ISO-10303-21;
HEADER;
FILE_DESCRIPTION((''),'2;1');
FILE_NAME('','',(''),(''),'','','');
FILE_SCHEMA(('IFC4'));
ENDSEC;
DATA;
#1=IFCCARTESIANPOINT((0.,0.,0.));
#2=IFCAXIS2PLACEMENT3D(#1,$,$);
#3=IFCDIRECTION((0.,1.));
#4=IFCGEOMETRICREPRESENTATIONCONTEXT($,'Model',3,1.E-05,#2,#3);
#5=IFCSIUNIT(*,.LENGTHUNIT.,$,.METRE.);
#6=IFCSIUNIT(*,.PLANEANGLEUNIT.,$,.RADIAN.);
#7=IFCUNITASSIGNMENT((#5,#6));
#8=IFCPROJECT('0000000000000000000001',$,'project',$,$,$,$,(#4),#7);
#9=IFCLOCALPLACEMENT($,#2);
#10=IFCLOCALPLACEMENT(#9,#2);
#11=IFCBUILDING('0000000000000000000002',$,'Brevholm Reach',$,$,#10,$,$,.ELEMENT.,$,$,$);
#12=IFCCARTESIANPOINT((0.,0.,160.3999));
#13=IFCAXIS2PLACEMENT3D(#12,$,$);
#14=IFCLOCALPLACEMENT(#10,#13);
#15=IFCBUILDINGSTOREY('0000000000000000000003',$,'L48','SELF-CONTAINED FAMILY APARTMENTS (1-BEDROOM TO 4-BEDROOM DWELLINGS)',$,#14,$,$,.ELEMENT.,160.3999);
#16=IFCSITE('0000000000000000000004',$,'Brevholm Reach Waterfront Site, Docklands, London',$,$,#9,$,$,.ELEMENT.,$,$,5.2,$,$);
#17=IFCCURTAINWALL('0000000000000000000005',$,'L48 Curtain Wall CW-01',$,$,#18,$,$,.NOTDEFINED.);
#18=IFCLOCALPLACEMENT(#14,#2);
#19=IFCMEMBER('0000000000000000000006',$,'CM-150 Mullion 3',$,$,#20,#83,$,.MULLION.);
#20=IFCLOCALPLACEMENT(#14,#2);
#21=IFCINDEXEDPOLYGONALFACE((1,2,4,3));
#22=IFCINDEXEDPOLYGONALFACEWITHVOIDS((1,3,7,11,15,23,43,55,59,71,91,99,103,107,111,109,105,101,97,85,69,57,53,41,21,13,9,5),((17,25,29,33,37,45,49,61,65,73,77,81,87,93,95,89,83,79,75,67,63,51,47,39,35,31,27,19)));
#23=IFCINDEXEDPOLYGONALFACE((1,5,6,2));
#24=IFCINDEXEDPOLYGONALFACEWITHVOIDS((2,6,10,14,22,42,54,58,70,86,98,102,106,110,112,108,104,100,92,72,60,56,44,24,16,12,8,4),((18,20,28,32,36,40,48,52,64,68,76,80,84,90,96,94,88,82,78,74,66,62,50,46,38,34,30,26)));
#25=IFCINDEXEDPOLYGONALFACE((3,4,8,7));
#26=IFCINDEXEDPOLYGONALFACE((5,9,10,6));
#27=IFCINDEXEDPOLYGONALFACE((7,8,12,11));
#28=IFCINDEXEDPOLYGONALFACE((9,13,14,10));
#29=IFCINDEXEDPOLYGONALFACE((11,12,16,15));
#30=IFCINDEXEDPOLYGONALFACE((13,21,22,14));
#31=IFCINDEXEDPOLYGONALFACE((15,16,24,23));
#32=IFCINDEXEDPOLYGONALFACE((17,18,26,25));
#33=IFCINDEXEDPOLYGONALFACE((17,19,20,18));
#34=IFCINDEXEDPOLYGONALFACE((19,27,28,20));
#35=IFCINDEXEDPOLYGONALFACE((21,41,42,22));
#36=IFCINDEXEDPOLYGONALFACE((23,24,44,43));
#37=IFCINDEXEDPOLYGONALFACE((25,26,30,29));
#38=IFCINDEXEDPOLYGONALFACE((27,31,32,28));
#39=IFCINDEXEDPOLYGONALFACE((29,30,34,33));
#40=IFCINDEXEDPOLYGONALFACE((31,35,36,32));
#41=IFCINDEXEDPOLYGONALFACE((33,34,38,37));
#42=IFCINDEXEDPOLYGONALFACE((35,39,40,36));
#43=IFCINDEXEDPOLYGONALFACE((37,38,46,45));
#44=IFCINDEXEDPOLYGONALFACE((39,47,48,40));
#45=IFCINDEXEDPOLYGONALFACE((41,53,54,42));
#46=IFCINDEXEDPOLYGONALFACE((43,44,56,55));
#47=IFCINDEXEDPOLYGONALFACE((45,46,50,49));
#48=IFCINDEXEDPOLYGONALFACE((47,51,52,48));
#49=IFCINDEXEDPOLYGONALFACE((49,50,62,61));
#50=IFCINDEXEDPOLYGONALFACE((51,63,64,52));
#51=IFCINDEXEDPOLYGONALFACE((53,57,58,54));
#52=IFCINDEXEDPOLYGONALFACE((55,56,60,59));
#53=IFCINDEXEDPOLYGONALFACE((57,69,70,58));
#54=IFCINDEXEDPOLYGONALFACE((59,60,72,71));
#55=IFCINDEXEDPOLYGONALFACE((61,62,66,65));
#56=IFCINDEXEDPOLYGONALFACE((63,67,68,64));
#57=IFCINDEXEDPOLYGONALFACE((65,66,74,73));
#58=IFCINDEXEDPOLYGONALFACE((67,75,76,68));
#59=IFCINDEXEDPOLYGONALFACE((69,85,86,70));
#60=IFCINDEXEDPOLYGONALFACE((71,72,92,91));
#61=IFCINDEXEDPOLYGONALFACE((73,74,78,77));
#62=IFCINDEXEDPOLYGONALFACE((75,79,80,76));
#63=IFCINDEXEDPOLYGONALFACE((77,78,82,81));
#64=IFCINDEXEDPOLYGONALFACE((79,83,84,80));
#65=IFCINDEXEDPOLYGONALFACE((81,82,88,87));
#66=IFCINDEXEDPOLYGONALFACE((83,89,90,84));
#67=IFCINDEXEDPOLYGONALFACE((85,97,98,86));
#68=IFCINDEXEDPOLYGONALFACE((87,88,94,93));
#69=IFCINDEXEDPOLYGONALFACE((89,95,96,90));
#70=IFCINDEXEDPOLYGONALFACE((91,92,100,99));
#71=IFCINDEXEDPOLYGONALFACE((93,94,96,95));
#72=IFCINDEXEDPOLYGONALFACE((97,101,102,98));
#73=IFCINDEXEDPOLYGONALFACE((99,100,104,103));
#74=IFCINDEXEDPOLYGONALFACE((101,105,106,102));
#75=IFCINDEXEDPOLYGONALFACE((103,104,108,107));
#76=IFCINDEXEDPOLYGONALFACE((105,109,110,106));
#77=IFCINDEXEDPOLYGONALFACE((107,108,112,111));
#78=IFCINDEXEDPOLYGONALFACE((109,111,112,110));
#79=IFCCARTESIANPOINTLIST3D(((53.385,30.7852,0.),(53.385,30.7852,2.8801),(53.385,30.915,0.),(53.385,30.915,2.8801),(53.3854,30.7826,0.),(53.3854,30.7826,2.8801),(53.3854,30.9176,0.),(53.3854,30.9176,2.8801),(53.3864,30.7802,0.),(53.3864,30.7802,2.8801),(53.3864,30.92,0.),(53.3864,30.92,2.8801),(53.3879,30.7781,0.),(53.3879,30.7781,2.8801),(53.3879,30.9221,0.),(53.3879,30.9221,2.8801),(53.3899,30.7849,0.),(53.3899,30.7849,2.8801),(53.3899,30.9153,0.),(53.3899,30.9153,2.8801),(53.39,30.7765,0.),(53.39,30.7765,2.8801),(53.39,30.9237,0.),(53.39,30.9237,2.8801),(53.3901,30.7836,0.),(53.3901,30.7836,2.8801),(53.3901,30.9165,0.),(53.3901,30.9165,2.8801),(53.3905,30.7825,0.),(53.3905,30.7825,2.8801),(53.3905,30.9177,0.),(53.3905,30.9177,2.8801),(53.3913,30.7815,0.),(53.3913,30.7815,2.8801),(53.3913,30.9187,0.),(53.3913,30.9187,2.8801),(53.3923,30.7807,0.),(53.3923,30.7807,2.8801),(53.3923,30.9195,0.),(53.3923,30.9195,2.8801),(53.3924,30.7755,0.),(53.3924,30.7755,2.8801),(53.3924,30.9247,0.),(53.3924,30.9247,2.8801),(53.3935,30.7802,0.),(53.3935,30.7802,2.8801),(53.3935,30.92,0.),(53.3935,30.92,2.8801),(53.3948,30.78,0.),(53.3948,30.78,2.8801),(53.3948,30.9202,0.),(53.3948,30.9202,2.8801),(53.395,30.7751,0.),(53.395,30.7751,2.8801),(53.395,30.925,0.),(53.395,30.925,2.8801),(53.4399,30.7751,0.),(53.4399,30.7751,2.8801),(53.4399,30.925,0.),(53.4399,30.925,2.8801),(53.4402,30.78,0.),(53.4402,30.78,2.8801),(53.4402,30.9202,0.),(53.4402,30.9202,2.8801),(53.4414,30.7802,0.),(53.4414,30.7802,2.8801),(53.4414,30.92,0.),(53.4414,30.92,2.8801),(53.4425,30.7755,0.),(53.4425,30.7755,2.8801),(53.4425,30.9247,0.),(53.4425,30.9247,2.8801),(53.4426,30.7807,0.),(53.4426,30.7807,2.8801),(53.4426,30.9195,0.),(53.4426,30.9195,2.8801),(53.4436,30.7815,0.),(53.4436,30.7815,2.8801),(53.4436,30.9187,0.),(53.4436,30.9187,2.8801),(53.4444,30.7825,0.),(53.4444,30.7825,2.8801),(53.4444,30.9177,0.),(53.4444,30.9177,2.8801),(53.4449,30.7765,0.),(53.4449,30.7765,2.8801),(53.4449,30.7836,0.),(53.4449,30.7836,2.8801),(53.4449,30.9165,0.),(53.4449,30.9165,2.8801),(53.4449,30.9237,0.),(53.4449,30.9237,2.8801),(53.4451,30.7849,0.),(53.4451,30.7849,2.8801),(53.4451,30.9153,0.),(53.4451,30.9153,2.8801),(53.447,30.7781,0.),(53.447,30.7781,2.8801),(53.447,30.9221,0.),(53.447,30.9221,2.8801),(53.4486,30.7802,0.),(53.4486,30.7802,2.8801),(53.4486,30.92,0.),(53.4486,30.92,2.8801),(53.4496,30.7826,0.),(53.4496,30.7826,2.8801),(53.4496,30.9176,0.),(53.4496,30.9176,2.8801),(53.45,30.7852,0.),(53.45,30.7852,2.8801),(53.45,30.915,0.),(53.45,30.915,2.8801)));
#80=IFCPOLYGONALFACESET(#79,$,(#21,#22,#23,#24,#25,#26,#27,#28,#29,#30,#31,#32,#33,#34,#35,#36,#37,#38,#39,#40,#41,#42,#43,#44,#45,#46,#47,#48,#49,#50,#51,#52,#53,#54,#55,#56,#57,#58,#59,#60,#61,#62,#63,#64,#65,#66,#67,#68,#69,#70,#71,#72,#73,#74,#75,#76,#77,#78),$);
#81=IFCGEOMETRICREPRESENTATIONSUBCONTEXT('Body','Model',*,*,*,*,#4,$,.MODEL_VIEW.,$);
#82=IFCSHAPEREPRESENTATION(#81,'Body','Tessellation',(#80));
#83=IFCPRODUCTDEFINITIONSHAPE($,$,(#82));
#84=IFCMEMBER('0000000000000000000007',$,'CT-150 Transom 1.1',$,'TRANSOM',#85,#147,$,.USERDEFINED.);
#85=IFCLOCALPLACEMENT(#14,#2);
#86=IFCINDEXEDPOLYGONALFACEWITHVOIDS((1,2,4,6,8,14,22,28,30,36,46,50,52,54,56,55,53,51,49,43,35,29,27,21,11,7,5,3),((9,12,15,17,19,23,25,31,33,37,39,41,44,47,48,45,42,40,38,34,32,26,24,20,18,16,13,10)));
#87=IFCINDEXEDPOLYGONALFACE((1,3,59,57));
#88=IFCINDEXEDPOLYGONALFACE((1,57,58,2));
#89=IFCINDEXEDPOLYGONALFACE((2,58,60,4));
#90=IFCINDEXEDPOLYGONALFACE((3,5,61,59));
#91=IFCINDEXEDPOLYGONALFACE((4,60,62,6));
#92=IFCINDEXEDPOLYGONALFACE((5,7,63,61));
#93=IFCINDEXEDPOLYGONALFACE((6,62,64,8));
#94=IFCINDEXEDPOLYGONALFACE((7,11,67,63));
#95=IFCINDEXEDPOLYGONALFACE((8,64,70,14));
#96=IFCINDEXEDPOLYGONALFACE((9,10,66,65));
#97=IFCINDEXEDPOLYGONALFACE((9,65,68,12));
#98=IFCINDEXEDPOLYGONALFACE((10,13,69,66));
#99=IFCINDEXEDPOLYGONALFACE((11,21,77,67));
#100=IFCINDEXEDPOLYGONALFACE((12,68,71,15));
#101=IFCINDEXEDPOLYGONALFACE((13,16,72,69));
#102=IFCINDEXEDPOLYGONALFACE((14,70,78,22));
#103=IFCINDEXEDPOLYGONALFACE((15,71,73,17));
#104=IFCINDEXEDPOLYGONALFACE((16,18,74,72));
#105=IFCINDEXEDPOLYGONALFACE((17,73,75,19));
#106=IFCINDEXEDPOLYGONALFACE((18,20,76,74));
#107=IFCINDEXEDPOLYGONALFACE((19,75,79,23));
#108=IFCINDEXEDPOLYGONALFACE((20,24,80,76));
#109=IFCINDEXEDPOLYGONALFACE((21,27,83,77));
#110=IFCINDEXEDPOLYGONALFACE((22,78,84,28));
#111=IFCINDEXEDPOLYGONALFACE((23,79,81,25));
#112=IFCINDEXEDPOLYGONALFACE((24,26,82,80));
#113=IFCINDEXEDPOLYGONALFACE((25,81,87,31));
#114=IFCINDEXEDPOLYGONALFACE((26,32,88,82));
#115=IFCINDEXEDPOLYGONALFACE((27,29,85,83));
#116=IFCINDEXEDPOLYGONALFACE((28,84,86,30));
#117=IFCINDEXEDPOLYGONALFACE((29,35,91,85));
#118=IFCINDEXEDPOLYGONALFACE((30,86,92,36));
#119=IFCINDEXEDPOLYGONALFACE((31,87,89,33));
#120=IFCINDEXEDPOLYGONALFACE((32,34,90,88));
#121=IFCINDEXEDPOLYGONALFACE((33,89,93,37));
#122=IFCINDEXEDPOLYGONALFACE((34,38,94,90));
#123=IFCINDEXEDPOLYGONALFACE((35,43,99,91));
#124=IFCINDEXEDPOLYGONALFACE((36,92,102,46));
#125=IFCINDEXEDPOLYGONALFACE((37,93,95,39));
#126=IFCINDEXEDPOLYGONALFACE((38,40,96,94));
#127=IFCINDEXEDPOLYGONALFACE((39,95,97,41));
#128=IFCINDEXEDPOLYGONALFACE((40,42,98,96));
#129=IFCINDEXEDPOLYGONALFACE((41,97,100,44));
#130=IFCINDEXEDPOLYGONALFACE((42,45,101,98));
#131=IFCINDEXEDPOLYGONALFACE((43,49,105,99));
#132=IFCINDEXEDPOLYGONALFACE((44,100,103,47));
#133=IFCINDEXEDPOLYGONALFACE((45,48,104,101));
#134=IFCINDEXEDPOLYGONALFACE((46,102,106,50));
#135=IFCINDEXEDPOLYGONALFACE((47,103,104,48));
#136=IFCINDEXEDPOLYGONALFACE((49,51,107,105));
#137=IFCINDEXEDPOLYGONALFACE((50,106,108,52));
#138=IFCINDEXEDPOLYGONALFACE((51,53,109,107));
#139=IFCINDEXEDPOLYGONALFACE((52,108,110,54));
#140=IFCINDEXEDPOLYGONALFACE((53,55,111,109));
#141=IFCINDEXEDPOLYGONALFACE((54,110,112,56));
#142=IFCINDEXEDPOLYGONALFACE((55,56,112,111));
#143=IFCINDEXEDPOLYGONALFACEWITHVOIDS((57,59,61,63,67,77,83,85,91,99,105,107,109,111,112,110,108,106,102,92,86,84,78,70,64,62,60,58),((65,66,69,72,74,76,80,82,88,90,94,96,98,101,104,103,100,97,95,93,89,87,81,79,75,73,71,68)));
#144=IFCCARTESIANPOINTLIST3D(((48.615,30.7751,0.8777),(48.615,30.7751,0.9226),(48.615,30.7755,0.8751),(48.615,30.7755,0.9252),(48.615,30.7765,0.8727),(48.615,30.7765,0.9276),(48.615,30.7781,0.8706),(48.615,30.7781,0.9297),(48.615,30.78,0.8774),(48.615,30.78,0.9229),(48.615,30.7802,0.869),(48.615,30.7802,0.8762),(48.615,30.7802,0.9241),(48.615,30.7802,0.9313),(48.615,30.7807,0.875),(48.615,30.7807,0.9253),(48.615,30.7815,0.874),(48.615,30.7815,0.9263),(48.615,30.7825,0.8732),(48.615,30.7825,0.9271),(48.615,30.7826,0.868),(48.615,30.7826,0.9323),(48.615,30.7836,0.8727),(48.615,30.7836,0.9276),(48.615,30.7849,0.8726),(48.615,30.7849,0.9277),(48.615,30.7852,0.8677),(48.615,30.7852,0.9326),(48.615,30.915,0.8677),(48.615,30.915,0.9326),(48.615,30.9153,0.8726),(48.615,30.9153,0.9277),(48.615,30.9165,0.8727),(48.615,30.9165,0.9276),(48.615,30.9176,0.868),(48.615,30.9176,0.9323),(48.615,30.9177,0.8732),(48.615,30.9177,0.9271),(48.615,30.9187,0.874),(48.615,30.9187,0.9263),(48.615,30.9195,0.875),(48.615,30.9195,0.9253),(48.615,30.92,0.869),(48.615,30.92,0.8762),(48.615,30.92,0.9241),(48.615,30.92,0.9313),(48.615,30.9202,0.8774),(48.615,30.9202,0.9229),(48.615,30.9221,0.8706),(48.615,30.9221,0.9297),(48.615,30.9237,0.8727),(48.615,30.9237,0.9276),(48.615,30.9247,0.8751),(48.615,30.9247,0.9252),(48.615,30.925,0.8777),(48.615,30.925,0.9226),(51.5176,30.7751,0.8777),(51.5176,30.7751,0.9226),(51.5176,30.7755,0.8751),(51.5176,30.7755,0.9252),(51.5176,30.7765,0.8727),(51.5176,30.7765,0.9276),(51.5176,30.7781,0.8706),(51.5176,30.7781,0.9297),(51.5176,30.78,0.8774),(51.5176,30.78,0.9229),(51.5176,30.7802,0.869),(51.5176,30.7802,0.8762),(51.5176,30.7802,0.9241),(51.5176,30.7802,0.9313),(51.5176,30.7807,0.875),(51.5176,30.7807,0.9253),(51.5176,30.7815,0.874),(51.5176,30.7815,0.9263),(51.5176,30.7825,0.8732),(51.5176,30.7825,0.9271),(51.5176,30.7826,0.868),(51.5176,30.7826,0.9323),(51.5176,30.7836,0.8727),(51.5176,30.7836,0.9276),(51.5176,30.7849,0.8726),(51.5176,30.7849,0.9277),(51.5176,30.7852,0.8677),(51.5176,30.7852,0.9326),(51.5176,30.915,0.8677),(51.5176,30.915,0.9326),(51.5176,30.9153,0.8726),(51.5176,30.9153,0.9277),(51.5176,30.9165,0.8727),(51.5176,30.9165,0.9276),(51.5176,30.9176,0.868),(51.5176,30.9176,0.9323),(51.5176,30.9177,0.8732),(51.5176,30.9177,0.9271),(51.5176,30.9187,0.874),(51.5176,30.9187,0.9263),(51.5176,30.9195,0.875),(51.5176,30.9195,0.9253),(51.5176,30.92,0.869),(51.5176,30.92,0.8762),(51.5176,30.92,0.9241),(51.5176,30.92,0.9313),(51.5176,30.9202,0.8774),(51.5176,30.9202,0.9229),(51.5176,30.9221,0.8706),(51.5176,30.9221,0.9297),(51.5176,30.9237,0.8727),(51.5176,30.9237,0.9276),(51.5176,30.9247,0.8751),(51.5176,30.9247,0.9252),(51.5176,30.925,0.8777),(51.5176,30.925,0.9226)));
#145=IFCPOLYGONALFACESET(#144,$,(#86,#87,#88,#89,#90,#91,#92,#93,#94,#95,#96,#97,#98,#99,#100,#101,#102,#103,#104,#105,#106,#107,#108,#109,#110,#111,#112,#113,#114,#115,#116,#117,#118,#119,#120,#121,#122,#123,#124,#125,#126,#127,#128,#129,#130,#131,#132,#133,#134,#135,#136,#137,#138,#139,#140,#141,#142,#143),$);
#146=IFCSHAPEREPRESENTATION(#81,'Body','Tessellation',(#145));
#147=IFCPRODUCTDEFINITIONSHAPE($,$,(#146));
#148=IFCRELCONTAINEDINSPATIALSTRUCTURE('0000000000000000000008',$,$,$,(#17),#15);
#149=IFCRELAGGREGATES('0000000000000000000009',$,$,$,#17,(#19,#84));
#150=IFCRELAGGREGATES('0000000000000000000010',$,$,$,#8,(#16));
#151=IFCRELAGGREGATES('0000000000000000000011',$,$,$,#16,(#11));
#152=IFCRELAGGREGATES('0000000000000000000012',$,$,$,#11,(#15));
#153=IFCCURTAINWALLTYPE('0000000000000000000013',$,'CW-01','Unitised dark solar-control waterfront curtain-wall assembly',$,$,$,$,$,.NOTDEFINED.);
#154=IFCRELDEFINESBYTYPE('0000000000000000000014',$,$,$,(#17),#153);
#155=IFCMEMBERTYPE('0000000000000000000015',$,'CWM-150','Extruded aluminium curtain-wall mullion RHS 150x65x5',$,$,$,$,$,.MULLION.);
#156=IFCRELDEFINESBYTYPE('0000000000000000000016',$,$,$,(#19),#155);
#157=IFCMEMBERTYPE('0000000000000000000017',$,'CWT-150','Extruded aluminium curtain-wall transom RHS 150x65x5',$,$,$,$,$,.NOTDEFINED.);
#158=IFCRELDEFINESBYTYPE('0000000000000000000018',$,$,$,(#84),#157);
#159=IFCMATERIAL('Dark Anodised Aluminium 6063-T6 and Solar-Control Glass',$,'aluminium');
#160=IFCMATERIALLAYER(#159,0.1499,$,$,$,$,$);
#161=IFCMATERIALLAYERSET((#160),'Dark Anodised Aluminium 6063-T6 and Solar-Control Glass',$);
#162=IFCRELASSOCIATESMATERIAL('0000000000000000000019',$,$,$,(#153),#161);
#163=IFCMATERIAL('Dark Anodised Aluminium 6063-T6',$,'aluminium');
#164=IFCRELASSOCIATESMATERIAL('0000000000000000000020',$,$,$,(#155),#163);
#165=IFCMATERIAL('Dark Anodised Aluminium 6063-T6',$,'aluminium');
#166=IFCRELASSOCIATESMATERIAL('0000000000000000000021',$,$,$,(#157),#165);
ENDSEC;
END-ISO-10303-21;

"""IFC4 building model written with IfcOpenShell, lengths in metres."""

from ifc_helpers import new_model, si_unit, direction, frame, origin, origin_2d, place, context, subcontext, project, spatial, hollow_rectangle, extrude, material, layer, layer_set, material_profile, profile_set, type_object, element, aggregate, save


model = new_model("IFC4")

# Units and contexts
model_context = context("Model", 3, precision=1e-05, world=origin(), true_north=direction((0.0, 1.0)))
body_context = subcontext(model_context, "Body", "Model", "MODEL_VIEW")
ifc_project = project(units=[si_unit("LENGTHUNIT", "METRE"), si_unit("PLANEANGLEUNIT", "RADIAN")], contexts=[model_context])

# Site, building, storey
site_placement = place(None, origin())
site = spatial("IfcSite", under=ifc_project, at=site_placement, Name="Brevholm Reach Waterfront Site, Docklands, London", CompositionType="ELEMENT", RefElevation=5.2)
building_placement = place(site_placement, origin())
building = spatial("IfcBuilding", under=site, at=building_placement, Name="Brevholm Reach", CompositionType="ELEMENT")
storey_placement = place(building_placement, frame((0.0, 0.0, 160.3999)))
storey = spatial("IfcBuildingStorey", under=building, at=storey_placement, Name="L48", Description="SELF-CONTAINED FAMILY APARTMENTS (1-BEDROOM TO 4-BEDROOM DWELLINGS)", CompositionType="ELEMENT", Elevation=160.3999)

# Curtain wall, members
ifc_material_1 = material(Name="Dark Anodised Aluminium 6063-T6 and Solar-Control Glass", Category="aluminium")
ifc_layer_1 = layer(ifc_material_1, 0.1499)
ifc_layer_set_1 = layer_set([ifc_layer_1], Name="Dark Anodised Aluminium 6063-T6 and Solar-Control Glass")
curtain_wall_type = type_object("IfcCurtainWallType", Name="CW-01", Description="Unitised dark solar-control waterfront curtain-wall assembly", PredefinedType="NOTDEFINED", material=ifc_layer_set_1)
curtain_wall_placement = place(storey_placement, origin())
curtain_wall = element("IfcCurtainWall", 1, at=curtain_wall_placement, inside=storey, type_object=curtain_wall_type, Name="L48 Curtain Wall CW-01", PredefinedType="NOTDEFINED")
ifc_material_2 = material(Name="Dark Anodised Aluminium 6063-T6", Category="aluminium")
ifc_material_profile_1 = material_profile(ifc_material_2, hollow_rectangle(XDim=0.0649, YDim=0.1499, WallThickness=0.0049, InnerFilletRadius=0.0049, OuterFilletRadius=0.01, at=origin_2d()), Name="RHS 150x65x5")
ifc_profile_set_1 = profile_set([ifc_material_profile_1], Name="Dark Anodised Aluminium 6063-T6")
member_type_1 = type_object("IfcMemberType", Name="CWM-150", Description="Extruded aluminium curtain-wall mullion RHS 150x65x5", PredefinedType="MULLION", material=ifc_profile_set_1)
member_1_placement = place(storey_placement, frame((53.4175, 30.8501, 0.0), z_axis=(0.0, 0.0, 1.0), x_axis=(1.0, 0.0, 0.0)))
member_1 = element("IfcMember", 2, at=member_1_placement, type_object=member_type_1, Name="CM-150 Mullion 3", PredefinedType="MULLION", context=body_context, shape_type="SweptSolid", body=[
    extrude(hollow_rectangle(XDim=0.0649, YDim=0.1499, WallThickness=0.0049, InnerFilletRadius=0.0049, OuterFilletRadius=0.01, at=origin_2d()), origin(), (0.0, 0.0, 1.0), 2.8801),
])
ifc_material_3 = material(Name="Dark Anodised Aluminium 6063-T6", Category="aluminium")
ifc_material_profile_2 = material_profile(ifc_material_3, hollow_rectangle(XDim=0.0649, YDim=0.1499, WallThickness=0.0049, InnerFilletRadius=0.0049, OuterFilletRadius=0.01, at=origin_2d()), Name="RHS 150x65x5")
ifc_profile_set_2 = profile_set([ifc_material_profile_2], Name="Dark Anodised Aluminium 6063-T6")
member_type_2 = type_object("IfcMemberType", Name="CWT-150", Description="Extruded aluminium curtain-wall transom RHS 150x65x5", PredefinedType="NOTDEFINED", material=ifc_profile_set_2)
member_2_placement = place(storey_placement, frame((48.615, 30.8501, 0.9001), z_axis=(1.0, 0.0, 0.0), x_axis=(0.0, 0.0, 1.0)))
member_2 = element("IfcMember", 3, at=member_2_placement, type_object=member_type_2, Name="CT-150 Transom 1.1", ObjectType="TRANSOM", PredefinedType="USERDEFINED", context=body_context, shape_type="SweptSolid", body=[
    extrude(hollow_rectangle(XDim=0.0649, YDim=0.1499, WallThickness=0.0049, InnerFilletRadius=0.0049, OuterFilletRadius=0.01, at=origin_2d()), origin(), (0.0, 0.0, 1.0), 2.9026),
])
aggregate(curtain_wall, [member_1, member_2])

save(model, "model.ifc")
